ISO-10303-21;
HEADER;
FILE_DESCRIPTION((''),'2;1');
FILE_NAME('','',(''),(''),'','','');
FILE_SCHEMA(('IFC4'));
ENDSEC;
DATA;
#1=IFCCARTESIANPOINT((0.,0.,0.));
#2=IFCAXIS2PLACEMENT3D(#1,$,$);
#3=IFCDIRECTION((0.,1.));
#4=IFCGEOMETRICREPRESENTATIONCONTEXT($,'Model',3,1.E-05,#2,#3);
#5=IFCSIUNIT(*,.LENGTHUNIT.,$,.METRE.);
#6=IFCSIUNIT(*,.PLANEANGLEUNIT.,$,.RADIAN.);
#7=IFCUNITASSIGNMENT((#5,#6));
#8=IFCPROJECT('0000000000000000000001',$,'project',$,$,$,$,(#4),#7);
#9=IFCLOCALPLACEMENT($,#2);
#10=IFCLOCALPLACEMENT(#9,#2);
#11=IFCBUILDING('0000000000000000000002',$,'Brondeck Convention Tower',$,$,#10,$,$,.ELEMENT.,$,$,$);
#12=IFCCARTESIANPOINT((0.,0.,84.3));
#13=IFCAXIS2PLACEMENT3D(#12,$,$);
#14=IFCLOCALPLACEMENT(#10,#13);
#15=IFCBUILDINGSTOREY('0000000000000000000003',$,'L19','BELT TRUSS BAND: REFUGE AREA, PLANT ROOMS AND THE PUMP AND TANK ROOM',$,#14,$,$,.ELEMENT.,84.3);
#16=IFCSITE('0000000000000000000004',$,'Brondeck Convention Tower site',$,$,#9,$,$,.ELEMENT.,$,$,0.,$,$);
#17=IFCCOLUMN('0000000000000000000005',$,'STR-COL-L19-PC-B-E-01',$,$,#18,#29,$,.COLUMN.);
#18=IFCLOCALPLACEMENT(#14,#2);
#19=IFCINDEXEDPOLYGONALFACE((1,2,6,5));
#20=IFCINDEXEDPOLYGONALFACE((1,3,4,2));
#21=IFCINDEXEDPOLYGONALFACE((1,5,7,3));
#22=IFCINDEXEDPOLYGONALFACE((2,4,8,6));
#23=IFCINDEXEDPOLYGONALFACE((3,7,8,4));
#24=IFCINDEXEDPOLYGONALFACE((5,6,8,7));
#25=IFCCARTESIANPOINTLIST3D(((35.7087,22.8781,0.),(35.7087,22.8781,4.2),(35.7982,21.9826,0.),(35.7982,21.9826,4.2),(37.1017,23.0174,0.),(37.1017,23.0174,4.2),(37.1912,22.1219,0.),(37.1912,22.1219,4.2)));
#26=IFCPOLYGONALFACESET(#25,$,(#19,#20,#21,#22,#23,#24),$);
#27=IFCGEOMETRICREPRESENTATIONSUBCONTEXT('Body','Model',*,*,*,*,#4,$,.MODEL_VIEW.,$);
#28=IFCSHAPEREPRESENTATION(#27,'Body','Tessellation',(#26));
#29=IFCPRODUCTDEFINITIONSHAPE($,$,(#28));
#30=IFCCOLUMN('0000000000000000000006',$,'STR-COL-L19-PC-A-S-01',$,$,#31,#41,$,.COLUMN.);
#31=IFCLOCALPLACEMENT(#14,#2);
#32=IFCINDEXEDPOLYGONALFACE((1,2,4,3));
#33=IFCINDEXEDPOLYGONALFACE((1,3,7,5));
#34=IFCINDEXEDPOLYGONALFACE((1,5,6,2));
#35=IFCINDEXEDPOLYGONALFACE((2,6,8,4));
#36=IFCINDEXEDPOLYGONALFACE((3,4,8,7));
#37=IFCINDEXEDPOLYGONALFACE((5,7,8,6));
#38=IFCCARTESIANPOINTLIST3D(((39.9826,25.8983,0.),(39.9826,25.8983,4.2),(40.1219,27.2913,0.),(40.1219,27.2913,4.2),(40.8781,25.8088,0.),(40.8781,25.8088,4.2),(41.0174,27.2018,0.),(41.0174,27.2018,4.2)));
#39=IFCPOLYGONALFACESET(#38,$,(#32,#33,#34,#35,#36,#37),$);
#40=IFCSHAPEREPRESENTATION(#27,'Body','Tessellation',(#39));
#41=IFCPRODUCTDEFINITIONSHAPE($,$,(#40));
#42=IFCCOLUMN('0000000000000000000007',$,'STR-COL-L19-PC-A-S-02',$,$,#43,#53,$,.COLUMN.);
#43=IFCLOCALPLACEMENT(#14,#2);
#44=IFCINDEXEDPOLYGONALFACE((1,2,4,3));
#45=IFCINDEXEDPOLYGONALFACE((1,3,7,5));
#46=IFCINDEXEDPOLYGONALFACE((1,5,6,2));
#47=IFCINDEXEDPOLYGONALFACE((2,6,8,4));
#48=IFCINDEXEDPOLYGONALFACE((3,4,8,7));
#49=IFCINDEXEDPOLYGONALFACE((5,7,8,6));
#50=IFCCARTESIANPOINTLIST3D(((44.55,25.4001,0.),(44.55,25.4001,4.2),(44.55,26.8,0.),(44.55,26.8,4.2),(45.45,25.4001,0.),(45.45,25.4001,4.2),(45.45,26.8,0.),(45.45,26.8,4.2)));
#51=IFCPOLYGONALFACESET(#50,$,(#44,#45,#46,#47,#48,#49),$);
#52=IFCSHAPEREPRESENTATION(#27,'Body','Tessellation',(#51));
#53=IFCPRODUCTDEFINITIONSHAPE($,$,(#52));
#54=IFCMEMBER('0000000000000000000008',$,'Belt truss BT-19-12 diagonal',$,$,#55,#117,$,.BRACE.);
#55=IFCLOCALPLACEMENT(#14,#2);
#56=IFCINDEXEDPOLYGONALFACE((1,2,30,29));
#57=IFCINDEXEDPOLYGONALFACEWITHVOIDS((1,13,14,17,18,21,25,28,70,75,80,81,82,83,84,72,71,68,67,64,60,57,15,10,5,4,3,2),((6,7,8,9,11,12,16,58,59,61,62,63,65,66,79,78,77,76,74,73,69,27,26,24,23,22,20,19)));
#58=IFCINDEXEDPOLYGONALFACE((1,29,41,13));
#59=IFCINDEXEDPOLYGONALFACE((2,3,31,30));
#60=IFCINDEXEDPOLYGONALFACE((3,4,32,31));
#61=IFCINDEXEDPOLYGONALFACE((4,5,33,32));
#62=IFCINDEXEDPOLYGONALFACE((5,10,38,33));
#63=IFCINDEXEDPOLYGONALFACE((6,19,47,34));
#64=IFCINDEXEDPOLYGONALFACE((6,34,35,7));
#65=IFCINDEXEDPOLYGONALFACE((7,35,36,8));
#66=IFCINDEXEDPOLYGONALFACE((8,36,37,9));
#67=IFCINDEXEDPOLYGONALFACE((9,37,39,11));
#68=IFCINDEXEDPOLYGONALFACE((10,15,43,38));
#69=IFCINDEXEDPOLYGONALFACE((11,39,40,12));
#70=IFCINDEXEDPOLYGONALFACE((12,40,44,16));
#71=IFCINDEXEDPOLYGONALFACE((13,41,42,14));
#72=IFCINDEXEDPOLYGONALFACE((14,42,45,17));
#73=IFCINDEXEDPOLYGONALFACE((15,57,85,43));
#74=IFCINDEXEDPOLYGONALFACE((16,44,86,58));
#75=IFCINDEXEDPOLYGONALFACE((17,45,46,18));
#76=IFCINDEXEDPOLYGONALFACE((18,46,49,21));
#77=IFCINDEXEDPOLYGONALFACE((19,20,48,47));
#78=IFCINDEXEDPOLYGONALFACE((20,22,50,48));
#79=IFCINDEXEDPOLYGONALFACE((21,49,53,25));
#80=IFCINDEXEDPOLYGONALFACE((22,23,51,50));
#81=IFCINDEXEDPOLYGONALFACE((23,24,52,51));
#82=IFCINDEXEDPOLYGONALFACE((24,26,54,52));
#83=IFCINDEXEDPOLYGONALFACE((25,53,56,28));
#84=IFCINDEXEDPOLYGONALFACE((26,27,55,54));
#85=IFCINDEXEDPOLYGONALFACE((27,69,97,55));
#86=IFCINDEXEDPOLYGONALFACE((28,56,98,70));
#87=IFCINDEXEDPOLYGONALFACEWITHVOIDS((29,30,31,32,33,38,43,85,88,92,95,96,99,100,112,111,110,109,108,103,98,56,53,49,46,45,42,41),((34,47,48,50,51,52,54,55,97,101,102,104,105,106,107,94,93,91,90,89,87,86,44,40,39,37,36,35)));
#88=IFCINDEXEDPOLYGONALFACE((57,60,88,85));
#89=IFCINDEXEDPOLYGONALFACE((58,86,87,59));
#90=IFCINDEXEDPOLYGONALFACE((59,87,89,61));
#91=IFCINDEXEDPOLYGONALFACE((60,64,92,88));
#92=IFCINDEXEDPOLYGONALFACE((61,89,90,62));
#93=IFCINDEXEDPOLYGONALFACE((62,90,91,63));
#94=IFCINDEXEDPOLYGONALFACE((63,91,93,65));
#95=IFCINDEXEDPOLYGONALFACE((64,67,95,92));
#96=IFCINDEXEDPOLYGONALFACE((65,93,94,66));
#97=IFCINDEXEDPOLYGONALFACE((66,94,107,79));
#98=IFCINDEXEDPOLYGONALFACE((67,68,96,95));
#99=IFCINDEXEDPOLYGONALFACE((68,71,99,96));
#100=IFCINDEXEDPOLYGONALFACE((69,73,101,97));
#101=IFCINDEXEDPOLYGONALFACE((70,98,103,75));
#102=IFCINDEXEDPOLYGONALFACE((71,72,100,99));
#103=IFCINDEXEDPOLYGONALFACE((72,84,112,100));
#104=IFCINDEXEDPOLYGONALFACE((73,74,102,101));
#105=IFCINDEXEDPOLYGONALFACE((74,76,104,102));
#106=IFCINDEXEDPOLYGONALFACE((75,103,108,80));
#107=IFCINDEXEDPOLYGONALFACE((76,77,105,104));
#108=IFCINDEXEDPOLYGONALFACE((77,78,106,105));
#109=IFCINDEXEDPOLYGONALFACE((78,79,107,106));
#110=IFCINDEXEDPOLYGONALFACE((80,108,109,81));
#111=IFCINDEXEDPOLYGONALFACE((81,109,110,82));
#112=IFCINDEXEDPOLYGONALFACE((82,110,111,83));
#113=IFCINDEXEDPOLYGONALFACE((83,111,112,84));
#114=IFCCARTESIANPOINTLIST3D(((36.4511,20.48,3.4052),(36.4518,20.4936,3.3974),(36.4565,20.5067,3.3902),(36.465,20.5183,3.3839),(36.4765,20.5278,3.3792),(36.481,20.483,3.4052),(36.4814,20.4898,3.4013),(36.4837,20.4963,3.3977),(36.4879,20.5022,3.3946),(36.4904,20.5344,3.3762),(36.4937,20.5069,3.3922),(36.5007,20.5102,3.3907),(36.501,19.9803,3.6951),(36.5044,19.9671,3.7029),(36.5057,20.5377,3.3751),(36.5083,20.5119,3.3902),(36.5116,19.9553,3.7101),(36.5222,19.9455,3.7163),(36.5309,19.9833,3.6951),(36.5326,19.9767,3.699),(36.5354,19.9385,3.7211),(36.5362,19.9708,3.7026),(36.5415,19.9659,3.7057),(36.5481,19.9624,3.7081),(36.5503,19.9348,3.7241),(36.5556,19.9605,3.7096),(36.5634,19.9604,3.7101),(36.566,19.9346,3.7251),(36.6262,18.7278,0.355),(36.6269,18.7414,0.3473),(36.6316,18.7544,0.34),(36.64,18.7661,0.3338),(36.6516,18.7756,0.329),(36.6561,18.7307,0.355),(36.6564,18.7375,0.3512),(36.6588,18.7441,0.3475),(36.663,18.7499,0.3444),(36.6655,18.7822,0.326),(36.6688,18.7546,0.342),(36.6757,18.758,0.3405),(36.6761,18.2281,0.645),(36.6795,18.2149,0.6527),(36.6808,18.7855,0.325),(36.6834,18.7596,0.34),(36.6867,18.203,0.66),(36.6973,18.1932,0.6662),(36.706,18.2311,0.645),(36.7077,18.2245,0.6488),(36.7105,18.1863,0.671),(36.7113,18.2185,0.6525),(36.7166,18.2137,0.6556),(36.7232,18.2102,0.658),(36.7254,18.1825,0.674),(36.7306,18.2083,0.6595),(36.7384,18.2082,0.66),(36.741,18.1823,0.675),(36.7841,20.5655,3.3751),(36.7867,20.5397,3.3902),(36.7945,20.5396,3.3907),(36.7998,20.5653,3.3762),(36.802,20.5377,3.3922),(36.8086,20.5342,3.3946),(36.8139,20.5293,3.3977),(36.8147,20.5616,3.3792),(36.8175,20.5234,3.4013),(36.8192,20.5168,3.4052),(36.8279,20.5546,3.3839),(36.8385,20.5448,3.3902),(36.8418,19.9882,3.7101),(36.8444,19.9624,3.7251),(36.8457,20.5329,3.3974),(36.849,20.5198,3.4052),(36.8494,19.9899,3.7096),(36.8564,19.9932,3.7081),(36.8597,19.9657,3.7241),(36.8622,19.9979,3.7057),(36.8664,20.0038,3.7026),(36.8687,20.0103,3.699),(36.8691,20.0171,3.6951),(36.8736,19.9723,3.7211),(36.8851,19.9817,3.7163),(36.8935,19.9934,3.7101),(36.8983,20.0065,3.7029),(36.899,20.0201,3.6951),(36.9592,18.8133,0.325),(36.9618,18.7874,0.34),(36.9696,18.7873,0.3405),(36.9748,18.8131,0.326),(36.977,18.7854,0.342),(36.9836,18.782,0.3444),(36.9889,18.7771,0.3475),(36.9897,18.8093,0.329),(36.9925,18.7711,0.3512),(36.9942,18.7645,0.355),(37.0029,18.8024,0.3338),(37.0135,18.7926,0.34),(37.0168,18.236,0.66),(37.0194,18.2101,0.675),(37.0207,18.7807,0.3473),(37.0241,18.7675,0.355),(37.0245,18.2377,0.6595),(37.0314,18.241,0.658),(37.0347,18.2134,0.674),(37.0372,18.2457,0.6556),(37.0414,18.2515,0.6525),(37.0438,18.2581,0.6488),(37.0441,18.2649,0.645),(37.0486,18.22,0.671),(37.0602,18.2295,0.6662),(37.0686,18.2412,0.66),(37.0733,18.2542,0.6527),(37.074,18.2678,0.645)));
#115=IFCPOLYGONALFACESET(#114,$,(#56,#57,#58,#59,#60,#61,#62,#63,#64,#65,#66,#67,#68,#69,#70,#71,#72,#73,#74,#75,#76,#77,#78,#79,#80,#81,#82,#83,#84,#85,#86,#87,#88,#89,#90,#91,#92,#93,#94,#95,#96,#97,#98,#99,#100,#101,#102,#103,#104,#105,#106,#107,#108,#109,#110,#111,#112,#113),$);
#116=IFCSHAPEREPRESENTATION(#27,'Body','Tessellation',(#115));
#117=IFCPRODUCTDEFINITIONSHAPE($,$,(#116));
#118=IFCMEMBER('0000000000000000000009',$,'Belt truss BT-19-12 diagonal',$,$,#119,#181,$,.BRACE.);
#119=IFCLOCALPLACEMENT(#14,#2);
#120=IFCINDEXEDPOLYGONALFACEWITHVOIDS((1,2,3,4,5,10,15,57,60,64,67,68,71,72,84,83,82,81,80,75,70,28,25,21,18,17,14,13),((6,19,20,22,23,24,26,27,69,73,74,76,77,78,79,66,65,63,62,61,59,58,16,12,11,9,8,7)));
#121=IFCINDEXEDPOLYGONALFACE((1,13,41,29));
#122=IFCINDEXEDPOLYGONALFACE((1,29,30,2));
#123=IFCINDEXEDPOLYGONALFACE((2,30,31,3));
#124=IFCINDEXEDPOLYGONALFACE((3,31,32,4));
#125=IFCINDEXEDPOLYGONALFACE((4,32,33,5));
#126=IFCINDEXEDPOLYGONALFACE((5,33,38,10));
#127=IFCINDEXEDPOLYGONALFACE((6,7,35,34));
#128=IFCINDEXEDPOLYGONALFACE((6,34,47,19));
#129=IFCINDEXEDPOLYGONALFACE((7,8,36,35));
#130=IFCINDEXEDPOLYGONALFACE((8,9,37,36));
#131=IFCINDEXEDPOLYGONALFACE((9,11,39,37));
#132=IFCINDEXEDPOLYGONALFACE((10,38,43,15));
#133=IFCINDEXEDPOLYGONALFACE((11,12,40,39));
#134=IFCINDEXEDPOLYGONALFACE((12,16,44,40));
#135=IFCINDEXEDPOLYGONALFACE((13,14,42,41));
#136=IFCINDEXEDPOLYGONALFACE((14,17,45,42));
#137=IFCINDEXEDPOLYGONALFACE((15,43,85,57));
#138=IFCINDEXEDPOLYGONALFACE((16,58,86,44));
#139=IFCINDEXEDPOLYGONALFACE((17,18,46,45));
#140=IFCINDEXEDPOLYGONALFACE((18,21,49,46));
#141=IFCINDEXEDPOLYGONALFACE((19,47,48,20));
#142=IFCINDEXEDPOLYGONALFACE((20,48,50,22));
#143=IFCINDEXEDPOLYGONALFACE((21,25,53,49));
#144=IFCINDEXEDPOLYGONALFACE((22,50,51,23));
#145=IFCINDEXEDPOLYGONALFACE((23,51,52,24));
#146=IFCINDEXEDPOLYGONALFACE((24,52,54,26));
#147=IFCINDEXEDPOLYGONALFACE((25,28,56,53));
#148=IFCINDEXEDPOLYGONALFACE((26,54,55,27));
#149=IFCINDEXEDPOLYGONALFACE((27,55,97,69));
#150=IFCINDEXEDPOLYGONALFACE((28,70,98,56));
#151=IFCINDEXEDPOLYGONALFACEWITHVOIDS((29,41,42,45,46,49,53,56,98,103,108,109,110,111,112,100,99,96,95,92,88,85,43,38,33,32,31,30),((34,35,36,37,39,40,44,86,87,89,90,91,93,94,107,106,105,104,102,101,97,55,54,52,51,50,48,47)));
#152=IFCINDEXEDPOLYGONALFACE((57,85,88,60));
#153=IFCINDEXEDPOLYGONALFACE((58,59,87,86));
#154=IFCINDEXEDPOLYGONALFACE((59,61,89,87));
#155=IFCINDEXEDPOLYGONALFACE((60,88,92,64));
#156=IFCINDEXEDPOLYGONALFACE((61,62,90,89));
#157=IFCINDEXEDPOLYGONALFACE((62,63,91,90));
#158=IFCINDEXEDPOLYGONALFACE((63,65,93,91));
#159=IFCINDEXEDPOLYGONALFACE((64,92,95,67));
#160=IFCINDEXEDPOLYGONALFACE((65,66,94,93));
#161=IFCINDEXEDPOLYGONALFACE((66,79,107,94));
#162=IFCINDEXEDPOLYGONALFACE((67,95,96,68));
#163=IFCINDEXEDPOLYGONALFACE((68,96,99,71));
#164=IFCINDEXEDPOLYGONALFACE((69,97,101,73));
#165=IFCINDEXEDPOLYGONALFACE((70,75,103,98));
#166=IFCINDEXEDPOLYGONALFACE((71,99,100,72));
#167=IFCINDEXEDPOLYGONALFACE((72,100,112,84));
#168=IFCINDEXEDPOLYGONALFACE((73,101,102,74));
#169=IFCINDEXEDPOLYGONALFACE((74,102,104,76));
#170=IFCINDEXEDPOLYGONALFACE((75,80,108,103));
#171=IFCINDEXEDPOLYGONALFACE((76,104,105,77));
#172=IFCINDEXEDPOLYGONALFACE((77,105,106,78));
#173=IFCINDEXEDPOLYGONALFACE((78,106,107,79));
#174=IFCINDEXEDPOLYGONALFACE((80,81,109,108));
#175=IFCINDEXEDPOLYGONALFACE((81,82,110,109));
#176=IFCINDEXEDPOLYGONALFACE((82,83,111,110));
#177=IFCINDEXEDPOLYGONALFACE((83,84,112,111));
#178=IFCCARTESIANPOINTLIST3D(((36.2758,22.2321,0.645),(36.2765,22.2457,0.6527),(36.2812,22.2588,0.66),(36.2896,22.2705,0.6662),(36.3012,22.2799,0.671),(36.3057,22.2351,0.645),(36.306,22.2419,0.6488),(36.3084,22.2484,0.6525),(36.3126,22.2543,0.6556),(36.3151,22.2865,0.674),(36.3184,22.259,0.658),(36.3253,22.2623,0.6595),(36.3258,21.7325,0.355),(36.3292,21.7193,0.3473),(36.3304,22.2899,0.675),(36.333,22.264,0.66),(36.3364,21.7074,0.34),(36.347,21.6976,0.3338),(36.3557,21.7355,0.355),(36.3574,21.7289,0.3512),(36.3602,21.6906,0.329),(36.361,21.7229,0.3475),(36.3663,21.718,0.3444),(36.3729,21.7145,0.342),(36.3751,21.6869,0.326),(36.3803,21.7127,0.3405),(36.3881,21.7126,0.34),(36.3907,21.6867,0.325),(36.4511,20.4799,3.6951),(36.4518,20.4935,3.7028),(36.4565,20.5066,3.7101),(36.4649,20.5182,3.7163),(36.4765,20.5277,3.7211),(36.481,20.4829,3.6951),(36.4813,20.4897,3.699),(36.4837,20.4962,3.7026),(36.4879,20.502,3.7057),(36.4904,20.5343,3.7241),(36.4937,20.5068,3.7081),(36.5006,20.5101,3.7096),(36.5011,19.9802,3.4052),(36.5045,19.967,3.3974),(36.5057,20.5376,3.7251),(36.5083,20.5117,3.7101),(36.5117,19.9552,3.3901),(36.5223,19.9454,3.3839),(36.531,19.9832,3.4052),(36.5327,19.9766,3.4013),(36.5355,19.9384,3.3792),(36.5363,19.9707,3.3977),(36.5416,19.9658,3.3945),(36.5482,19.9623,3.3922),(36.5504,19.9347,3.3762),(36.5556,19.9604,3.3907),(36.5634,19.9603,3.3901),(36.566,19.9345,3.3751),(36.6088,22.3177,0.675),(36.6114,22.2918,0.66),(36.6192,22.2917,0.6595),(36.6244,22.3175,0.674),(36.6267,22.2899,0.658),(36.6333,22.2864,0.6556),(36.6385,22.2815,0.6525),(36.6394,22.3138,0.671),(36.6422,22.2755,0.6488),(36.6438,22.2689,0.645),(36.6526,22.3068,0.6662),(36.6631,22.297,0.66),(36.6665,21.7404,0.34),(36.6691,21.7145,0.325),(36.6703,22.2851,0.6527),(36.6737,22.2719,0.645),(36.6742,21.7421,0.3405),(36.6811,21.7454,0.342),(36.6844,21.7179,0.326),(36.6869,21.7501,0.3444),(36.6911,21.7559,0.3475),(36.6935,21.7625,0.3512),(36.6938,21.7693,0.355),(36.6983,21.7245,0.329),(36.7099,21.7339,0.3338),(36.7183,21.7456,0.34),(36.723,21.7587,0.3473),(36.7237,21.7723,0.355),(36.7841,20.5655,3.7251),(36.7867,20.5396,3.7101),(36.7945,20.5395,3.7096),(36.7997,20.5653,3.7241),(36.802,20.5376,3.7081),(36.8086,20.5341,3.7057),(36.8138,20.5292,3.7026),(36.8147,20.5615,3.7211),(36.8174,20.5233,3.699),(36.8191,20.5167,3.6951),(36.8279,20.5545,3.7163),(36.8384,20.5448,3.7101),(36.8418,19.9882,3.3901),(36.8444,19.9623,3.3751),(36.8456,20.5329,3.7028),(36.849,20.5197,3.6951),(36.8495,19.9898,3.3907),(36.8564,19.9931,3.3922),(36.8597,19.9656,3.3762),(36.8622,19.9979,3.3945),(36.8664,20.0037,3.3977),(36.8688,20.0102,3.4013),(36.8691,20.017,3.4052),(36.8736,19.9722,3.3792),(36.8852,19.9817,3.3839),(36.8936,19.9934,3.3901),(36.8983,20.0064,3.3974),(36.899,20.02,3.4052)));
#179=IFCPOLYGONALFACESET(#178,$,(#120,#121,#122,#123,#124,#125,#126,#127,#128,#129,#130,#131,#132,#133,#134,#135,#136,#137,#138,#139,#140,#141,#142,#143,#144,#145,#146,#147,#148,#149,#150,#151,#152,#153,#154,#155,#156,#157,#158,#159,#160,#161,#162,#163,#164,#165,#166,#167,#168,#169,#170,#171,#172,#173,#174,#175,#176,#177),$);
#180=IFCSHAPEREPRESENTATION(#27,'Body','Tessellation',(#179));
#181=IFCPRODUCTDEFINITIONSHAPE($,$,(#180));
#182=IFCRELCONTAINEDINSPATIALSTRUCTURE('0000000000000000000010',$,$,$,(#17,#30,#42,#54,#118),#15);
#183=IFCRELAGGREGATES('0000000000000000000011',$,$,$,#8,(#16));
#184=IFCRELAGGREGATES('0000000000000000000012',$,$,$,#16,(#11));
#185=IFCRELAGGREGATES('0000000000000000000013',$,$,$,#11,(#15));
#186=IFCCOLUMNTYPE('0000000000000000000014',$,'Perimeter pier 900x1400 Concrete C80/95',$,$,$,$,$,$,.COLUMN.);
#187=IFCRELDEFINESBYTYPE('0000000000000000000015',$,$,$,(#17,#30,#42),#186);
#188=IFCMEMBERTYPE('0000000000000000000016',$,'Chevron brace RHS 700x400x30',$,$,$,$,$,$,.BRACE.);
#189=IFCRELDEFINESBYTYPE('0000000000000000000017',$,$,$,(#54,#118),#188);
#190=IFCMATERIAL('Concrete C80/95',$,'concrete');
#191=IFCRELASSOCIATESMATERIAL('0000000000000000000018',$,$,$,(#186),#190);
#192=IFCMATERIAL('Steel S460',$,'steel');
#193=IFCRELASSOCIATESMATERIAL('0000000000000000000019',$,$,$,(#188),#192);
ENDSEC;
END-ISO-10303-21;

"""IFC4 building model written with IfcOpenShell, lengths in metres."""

from ifc_helpers import new_model, si_unit, direction, frame, origin, origin_2d, place, context, subcontext, project, spatial, rectangle, hollow_rectangle, extrude, material, material_profile, profile_set, type_object, element, save


model = new_model("IFC4")

# Units and contexts
model_context = context("Model", 3, precision=1e-05, world=origin(), true_north=direction((0.0, 1.0)))
body_context = subcontext(model_context, "Body", "Model", "MODEL_VIEW")
ifc_project = project(units=[si_unit("LENGTHUNIT", "METRE"), si_unit("PLANEANGLEUNIT", "RADIAN")], contexts=[model_context])

# Site, building, storey
site_placement = place(None, origin())
site = spatial("IfcSite", under=ifc_project, at=site_placement, Name="Brondeck Convention Tower site", CompositionType="ELEMENT", RefElevation=0.0)
building_placement = place(site_placement, origin())
building = spatial("IfcBuilding", under=site, at=building_placement, Name="Brondeck Convention Tower", CompositionType="ELEMENT")
storey_placement = place(building_placement, frame((0.0, 0.0, 84.3)))
storey = spatial("IfcBuildingStorey", under=building, at=storey_placement, Name="L19", Description="BELT TRUSS BAND: REFUGE AREA, PLANT ROOMS AND THE PUMP AND TANK ROOM", CompositionType="ELEMENT", Elevation=84.3)

# Columns
ifc_material_1 = material(Name="Concrete C80/95", Category="concrete")
ifc_material_profile_1 = material_profile(ifc_material_1, rectangle(XDim=0.8999, YDim=1.3999, at=origin_2d()), Name="Perimeter pier 900x1400 Concrete C80/95")
ifc_profile_set_1 = profile_set([ifc_material_profile_1], Name="Concrete C80/95")
column_type = type_object("IfcColumnType", Name="Perimeter pier 900x1400 Concrete C80/95", PredefinedType="COLUMN", material=ifc_profile_set_1)
for number, where, z_axis, x_axis, name in (
    (1, (36.45, 22.5, 0.0), (0.0, 0.0, 1.0), (-0.099504, 0.995037, 0.0), "STR-COL-L19-PC-B-E-01"),
    (2, (40.5, 26.55, 0.0), (0.0, 0.0, 1.0), (0.995037, -0.099504, 0.0), "STR-COL-L19-PC-A-S-01"),
    (3, (45.0, 26.1001, 0.0), (0.0, 0.0, 1.0), (1.0, 0.0, 0.0), "STR-COL-L19-PC-A-S-02"),
):
    element("IfcColumn", number, at=place(storey_placement, frame(where, z_axis=z_axis, x_axis=x_axis)), inside=storey, type_object=column_type, Name=name, PredefinedType="COLUMN", context=body_context, shape_type="SweptSolid", body=[
        extrude(rectangle(XDim=0.8999, YDim=1.3999, at=origin_2d()), origin(), (0.0, 0.0, 1.0), 4.2),
    ])

# Members
ifc_material_2 = material(Name="Steel S460", Category="steel")
ifc_material_profile_2 = material_profile(ifc_material_2, hollow_rectangle(XDim=0.3999, YDim=0.7, WallThickness=0.03, InnerFilletRadius=0.03, OuterFilletRadius=0.0601, at=origin_2d()), Name="RHS 700x400x30")
ifc_profile_set_2 = profile_set([ifc_material_profile_2], Name="Steel S460")
member_type_1 = type_object("IfcMemberType", Name="Chevron brace RHS 700x400x30", PredefinedType="BRACE", material=ifc_profile_set_2)
for number, where, z_axis, x_axis, name in (
    (4, (36.8501, 18.4978, 0.5), (-0.049703, 0.497518, 0.866029), (-0.995047, -0.099408, 0.0), "Belt truss BT-19-12 diagonal"),
    (5, (36.4998, 22.0022, 0.5), (0.049772, -0.497516, 0.866026), (0.995033, 0.099545, 0.0), "Belt truss BT-19-12 diagonal"),
):
    element("IfcMember", number, at=place(storey_placement, frame(where, z_axis=z_axis, x_axis=x_axis)), inside=storey, type_object=member_type_1, Name=name, PredefinedType="BRACE", context=body_context, shape_type="SweptSolid", body=[
        extrude(hollow_rectangle(XDim=0.3999, YDim=0.7, WallThickness=0.03, InnerFilletRadius=0.03, OuterFilletRadius=0.0601, at=origin_2d()), origin(), (0.0, 0.0, 1.0), 3.522),
    ])

save(model, "model.ifc")
